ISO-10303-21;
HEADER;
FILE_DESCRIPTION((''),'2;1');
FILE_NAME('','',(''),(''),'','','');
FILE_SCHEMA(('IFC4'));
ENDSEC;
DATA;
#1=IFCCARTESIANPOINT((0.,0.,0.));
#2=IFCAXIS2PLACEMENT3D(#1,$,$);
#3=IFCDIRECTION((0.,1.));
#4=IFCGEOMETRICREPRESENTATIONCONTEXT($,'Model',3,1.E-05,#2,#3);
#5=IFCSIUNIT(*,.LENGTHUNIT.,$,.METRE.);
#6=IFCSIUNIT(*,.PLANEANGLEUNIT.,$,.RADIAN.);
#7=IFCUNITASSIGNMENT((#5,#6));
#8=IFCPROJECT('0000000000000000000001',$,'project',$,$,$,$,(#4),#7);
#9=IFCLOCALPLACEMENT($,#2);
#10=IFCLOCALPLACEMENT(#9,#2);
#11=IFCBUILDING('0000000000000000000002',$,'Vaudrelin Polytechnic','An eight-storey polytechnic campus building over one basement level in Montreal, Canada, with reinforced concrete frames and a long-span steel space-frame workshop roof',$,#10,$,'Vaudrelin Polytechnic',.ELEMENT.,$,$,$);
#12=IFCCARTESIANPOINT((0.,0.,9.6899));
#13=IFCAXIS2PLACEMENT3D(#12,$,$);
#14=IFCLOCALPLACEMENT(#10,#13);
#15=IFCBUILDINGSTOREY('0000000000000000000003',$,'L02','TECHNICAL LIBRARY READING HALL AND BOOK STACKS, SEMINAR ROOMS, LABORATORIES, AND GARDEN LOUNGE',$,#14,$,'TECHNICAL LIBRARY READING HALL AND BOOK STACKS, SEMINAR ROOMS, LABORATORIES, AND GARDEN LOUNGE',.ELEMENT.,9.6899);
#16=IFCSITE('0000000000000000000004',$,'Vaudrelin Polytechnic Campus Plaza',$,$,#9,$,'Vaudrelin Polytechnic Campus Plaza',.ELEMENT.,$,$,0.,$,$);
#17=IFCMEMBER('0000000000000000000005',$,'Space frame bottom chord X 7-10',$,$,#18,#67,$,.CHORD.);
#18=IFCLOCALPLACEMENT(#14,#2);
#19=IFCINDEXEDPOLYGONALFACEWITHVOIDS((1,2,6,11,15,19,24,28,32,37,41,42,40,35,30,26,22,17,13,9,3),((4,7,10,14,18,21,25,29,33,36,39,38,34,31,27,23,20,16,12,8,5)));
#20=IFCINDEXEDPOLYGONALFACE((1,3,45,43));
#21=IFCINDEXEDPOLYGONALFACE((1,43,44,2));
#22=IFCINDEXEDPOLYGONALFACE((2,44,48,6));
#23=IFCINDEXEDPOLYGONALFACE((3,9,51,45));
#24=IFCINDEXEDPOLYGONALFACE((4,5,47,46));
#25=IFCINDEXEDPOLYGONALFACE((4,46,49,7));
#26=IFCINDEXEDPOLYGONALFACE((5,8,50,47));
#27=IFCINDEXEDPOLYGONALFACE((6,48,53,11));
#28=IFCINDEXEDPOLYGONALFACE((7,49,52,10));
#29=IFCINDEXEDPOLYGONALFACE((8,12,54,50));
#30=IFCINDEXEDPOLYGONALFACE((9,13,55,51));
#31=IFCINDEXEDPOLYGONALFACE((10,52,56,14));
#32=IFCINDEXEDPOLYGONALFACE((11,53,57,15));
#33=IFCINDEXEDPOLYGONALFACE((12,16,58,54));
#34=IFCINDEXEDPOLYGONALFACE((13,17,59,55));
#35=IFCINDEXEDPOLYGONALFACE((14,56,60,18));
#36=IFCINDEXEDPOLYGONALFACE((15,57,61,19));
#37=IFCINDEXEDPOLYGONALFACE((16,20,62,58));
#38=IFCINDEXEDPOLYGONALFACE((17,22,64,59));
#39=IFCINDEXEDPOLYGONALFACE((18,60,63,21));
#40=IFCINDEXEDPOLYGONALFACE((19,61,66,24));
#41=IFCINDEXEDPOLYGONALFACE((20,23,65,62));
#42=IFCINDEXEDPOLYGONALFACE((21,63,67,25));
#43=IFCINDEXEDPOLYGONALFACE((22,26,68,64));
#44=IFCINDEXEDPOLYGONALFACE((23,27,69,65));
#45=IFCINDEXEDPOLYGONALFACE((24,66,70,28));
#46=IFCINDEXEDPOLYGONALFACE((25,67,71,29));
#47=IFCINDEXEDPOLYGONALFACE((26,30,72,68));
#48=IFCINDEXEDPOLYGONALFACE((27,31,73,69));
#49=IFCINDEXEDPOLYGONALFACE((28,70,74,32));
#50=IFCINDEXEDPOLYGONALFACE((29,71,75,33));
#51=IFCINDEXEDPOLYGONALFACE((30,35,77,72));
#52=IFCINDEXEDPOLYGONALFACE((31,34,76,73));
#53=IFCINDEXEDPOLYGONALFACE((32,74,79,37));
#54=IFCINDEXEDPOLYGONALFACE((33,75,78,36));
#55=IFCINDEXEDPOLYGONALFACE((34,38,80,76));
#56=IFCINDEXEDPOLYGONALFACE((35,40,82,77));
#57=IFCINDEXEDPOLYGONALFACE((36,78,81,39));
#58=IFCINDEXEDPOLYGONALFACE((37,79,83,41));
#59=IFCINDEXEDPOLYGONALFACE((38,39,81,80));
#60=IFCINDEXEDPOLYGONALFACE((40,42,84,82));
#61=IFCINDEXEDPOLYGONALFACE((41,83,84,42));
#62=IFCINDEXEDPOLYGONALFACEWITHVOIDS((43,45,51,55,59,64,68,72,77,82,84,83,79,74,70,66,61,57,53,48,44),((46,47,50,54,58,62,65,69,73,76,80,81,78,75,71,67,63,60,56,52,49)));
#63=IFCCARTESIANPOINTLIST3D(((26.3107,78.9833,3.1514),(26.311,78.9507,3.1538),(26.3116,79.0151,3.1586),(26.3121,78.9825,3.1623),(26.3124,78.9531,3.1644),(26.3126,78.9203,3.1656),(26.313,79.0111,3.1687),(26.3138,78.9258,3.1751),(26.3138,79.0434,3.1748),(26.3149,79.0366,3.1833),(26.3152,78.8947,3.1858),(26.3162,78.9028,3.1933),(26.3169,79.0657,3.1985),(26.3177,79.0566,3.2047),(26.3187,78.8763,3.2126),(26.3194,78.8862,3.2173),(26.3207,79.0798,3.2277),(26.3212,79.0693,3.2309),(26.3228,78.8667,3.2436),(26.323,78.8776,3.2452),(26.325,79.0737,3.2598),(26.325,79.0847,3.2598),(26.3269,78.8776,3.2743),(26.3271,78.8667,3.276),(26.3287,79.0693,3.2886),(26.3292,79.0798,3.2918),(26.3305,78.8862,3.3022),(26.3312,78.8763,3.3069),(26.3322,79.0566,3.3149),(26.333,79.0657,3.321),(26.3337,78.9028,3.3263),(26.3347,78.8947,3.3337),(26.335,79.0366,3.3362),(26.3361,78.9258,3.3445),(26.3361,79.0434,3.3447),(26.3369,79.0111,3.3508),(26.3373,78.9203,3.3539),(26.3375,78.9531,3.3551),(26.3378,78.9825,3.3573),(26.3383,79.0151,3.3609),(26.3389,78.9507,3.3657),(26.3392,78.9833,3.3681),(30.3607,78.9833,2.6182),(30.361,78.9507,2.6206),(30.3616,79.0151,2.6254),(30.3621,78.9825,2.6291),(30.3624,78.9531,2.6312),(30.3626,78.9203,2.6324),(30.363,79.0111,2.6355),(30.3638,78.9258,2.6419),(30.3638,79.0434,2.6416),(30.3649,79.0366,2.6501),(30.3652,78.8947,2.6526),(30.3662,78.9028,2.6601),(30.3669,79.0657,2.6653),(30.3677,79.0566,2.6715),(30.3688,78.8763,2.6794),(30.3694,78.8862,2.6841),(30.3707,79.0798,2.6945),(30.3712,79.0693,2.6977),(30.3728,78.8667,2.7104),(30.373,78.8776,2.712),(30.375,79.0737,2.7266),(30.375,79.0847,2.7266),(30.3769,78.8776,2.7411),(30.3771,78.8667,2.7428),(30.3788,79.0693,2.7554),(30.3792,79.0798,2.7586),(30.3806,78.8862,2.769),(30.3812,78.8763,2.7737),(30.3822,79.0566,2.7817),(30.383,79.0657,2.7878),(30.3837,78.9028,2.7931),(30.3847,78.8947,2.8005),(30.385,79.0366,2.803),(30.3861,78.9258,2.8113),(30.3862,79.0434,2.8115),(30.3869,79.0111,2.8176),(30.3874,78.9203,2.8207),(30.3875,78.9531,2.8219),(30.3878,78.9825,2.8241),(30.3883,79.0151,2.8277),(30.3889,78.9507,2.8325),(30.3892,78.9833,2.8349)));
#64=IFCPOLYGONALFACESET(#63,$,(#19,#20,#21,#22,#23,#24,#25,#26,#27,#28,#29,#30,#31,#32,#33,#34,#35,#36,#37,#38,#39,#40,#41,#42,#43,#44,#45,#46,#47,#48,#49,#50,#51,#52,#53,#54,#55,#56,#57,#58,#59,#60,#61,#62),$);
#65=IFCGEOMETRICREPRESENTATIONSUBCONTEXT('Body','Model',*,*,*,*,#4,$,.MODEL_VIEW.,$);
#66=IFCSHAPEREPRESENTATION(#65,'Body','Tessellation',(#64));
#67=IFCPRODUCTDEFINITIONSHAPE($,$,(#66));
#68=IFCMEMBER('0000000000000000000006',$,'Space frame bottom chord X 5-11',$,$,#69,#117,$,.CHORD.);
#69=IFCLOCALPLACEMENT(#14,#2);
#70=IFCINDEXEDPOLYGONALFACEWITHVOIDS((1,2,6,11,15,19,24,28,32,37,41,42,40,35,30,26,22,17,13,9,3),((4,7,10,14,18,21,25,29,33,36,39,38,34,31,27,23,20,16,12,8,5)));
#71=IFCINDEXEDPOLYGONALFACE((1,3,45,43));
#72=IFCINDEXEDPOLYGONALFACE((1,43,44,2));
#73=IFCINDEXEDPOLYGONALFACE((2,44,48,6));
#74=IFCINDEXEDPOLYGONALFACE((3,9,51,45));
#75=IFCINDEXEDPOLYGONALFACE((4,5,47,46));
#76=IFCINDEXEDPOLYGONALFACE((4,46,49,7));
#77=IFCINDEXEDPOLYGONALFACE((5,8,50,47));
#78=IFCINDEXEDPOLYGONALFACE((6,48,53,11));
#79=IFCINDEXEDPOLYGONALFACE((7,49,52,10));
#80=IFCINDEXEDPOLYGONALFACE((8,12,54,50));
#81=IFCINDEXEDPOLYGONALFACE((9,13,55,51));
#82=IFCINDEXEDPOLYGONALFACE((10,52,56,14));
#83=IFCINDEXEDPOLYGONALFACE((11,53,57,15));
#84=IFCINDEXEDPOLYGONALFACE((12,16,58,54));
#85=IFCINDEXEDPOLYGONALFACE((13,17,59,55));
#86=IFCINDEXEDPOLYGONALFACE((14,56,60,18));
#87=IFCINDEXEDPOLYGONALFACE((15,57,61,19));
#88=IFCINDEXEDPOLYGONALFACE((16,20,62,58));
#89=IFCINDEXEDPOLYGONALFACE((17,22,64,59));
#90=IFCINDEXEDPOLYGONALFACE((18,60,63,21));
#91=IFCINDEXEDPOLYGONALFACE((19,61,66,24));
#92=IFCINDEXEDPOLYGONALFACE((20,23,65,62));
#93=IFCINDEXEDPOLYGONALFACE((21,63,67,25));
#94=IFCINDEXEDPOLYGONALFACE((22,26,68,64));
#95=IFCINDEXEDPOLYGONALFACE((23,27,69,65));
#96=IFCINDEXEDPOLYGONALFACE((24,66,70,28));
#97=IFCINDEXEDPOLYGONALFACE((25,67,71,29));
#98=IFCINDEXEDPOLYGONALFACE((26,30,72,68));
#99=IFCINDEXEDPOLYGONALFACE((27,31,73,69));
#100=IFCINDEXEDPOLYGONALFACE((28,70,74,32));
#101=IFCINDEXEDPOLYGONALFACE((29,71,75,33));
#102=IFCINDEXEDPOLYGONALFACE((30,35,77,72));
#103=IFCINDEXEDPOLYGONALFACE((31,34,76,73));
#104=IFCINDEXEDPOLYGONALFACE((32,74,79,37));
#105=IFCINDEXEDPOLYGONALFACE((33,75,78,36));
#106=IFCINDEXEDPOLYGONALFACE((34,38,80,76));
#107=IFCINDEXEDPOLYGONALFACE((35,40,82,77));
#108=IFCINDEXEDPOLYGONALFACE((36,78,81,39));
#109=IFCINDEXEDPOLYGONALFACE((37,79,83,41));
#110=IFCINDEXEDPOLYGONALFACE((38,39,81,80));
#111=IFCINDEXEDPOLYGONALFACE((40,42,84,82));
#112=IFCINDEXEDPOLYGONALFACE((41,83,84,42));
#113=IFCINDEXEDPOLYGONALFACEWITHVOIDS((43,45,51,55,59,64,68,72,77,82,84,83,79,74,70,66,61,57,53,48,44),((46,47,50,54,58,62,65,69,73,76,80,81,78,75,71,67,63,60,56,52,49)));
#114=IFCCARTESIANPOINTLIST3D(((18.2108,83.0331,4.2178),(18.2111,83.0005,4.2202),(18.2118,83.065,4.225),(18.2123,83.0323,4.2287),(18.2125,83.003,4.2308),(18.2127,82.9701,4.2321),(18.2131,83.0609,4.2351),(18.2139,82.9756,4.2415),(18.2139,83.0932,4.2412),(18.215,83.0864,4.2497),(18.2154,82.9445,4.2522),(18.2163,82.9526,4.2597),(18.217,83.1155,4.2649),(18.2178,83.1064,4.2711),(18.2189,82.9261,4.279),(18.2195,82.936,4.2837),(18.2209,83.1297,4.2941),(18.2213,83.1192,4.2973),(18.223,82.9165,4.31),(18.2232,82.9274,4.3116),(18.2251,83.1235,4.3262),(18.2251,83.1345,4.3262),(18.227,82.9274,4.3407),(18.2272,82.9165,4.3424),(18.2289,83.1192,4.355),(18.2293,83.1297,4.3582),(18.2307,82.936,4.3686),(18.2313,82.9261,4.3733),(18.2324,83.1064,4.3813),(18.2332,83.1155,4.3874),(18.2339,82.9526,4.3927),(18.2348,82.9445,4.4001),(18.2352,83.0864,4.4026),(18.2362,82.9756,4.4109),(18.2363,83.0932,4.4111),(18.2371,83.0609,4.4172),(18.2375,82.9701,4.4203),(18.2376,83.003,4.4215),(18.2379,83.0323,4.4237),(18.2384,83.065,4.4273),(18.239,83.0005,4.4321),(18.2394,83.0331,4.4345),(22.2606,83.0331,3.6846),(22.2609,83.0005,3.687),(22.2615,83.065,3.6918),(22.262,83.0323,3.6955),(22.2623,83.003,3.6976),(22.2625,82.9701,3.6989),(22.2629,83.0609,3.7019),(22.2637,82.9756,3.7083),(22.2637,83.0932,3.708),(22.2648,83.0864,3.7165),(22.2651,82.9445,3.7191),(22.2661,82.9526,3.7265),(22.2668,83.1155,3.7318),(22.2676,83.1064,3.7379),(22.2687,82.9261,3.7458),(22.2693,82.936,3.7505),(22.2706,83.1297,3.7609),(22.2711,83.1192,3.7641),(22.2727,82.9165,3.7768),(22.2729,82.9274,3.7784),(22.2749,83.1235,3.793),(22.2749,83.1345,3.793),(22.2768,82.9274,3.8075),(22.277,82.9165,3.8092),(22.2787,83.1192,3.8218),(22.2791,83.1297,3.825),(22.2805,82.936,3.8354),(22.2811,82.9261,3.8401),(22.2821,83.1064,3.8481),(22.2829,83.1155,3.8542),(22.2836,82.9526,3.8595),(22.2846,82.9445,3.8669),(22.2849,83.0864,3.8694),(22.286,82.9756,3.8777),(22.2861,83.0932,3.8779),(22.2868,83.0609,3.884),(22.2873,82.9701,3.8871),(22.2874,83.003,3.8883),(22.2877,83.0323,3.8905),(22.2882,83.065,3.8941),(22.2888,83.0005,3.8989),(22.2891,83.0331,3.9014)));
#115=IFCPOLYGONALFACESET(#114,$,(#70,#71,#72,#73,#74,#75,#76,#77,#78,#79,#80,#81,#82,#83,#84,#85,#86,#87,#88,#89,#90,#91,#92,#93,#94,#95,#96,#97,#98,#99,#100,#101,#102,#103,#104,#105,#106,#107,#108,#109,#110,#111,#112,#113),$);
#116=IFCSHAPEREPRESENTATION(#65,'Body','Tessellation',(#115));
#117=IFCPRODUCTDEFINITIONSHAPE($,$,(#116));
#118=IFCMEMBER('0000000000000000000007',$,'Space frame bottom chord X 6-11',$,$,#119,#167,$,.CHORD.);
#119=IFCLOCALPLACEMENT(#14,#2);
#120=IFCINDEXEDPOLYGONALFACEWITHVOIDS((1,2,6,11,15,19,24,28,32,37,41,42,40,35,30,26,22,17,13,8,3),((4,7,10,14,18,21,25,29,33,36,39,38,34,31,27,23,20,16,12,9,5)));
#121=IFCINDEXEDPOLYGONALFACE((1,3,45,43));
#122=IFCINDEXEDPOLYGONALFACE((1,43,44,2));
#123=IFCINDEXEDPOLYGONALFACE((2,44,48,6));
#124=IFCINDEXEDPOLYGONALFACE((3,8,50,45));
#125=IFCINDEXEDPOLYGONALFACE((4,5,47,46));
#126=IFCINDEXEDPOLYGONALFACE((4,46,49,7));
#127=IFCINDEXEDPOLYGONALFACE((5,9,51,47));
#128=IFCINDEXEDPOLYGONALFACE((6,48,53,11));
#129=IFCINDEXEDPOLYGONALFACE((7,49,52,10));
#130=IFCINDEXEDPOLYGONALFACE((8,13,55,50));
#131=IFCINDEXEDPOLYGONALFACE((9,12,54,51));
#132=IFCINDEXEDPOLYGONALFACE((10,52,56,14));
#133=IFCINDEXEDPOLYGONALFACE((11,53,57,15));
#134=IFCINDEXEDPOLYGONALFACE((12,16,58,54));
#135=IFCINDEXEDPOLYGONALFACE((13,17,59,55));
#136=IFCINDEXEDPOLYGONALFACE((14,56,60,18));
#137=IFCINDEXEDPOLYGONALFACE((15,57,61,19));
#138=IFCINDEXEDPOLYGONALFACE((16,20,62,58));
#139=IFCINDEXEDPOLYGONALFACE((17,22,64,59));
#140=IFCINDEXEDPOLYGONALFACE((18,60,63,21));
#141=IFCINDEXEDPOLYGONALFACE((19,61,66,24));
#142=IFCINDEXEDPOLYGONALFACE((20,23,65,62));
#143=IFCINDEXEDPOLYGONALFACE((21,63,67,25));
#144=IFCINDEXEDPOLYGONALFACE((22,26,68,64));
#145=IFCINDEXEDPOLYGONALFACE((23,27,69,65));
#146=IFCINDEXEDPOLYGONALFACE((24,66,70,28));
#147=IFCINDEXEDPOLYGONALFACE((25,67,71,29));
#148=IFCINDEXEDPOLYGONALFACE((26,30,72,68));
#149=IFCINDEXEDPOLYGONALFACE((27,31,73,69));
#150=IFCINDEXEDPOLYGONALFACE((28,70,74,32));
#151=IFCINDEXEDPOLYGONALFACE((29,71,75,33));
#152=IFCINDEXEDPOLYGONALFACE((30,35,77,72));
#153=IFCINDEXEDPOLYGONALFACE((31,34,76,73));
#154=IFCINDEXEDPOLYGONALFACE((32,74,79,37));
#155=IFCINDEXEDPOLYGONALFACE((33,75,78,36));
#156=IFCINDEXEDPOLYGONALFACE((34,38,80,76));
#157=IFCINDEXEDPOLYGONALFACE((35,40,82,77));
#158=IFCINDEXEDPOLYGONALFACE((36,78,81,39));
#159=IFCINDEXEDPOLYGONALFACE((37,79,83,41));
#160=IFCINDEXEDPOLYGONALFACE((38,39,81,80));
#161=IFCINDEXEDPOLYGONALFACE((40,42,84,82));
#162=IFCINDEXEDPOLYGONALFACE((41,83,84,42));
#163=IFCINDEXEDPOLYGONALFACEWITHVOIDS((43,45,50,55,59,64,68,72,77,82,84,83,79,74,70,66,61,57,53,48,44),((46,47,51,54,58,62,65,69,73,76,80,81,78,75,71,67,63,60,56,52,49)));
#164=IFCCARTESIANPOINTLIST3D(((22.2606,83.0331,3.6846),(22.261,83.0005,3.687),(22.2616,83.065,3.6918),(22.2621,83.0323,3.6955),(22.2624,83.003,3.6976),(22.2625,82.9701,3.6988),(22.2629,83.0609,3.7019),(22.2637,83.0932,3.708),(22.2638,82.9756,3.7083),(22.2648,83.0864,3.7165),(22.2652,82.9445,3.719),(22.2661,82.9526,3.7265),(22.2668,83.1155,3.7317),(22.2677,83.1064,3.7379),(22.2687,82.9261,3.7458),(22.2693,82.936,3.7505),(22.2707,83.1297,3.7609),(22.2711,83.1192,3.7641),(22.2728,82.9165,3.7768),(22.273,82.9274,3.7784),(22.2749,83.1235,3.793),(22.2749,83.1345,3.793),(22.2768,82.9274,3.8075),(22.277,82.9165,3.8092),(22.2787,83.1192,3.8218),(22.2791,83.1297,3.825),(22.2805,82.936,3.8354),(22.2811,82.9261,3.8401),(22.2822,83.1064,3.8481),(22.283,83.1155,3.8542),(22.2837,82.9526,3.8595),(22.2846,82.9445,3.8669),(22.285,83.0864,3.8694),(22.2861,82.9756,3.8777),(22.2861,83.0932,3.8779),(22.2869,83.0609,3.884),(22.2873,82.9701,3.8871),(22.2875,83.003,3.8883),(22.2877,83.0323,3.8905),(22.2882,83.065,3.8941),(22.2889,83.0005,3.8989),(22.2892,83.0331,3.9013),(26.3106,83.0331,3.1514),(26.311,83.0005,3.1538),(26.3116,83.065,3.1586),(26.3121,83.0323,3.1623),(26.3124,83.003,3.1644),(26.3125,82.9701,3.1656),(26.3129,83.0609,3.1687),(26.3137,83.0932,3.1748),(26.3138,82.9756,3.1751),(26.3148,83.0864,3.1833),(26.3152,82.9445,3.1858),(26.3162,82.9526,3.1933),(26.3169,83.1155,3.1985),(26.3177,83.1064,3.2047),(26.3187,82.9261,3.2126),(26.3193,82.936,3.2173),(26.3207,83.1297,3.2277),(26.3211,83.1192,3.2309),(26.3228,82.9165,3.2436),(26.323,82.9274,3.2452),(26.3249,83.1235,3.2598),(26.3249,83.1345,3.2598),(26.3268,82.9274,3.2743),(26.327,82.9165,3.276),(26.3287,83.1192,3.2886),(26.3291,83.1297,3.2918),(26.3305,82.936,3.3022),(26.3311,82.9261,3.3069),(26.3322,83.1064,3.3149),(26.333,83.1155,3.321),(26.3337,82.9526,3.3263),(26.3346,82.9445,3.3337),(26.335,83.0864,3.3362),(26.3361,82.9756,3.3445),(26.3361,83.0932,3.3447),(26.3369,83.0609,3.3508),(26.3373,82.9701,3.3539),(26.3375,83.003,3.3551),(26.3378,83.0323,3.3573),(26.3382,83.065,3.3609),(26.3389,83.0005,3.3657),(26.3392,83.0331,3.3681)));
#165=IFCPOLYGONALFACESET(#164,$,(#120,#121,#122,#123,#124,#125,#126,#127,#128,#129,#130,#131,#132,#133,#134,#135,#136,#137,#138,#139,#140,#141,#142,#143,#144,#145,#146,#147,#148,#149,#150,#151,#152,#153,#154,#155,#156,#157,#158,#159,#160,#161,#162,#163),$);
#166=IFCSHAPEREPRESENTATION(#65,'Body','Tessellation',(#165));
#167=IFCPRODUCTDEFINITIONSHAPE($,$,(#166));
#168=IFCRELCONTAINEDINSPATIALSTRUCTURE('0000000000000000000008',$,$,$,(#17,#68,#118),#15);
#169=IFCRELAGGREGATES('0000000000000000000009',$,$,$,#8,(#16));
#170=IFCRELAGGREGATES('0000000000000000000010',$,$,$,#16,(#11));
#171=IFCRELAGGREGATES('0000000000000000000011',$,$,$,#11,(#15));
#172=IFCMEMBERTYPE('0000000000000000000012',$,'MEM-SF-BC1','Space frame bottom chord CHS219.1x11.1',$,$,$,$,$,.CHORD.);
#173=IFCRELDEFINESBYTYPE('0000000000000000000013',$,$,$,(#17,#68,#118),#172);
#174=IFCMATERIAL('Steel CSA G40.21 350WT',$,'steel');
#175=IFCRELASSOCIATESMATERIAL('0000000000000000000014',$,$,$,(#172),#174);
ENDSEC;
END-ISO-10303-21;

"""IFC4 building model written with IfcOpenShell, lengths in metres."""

from ifc_helpers import new_model, si_unit, direction, frame, origin, origin_2d, place, context, subcontext, project, spatial, hollow_circle, extrude, material, material_profile, profile_set, type_object, element, save


model = new_model("IFC4")

# Units and contexts
model_context = context("Model", 3, precision=1e-05, world=origin(), true_north=direction((0.0, 1.0)))
body_context = subcontext(model_context, "Body", "Model", "MODEL_VIEW")
ifc_project = project(units=[si_unit("LENGTHUNIT", "METRE"), si_unit("PLANEANGLEUNIT", "RADIAN")], contexts=[model_context])

# Site, building, storey
site_placement = place(None, origin())
site = spatial("IfcSite", under=ifc_project, at=site_placement, Name="Vaudrelin Polytechnic Campus Plaza", LongName="Vaudrelin Polytechnic Campus Plaza", CompositionType="ELEMENT", RefElevation=0.0)
building_placement = place(site_placement, origin())
building = spatial("IfcBuilding", under=site, at=building_placement, Name="Vaudrelin Polytechnic", Description="An eight-storey polytechnic campus building over one basement level in Montreal, Canada, with reinforced concrete frames and a long-span steel space-frame workshop roof", LongName="Vaudrelin Polytechnic", CompositionType="ELEMENT")
storey_placement = place(building_placement, frame((0.0, 0.0, 9.6899)))
storey = spatial("IfcBuildingStorey", under=building, at=storey_placement, Name="L02", Description="TECHNICAL LIBRARY READING HALL AND BOOK STACKS, SEMINAR ROOMS, LABORATORIES, AND GARDEN LOUNGE", LongName="TECHNICAL LIBRARY READING HALL AND BOOK STACKS, SEMINAR ROOMS, LABORATORIES, AND GARDEN LOUNGE", CompositionType="ELEMENT", Elevation=9.6899)

# Shared definitions
ifc_material_1 = material(Name="Steel CSA G40.21 350WT", Category="steel")

# Members
ifc_material_profile_1 = material_profile(ifc_material_1, hollow_circle(Radius=0.1096, WallThickness=0.011, at=origin_2d()), Name="CHS219.1x11.1")
ifc_profile_set_1 = profile_set([ifc_material_profile_1], Name="Steel CSA G40.21 350WT")
member_type_1 = type_object("IfcMemberType", Name="MEM-SF-BC1", Description="Space frame bottom chord CHS219.1x11.1", PredefinedType="CHORD", material=ifc_profile_set_1)
for number, where, z_axis, x_axis, name in (
    (1, (26.325, 78.9751, 3.2598), (0.991445, 0.0, -0.130527), (0.0, 1.0, 0.0), "Space frame bottom chord X 7-10"),
):
    element("IfcMember", number, at=place(storey_placement, frame(where, z_axis=z_axis, x_axis=x_axis)), inside=storey, type_object=member_type_1, Name=name, PredefinedType="CHORD", context=body_context, shape_type="SweptSolid", body=[
        extrude(hollow_circle(Radius=0.1096, WallThickness=0.011, at=origin_2d()), origin(), (0.0, 0.0, 1.0), 4.085),
    ])
member_1_placement = place(storey_placement, frame((18.2251, 83.0249, 4.3262), z_axis=(0.991444, 0.0, -0.130535), x_axis=(0.0, 1.0, 0.0)))
element("IfcMember", 2, at=member_1_placement, inside=storey, type_object=member_type_1, Name="Space frame bottom chord X 5-11", PredefinedType="CHORD", context=body_context, shape_type="SweptSolid", body=[
    extrude(hollow_circle(Radius=0.1096, WallThickness=0.011, at=origin_2d()), origin(), (0.0, 0.0, 1.0), 4.0847),
])
for number, where, z_axis, x_axis, name in (
    (3, (22.2749, 83.0249, 3.793), (0.991445, 0.0, -0.130527), (0.0, 1.0, 0.0), "Space frame bottom chord X 6-11"),
):
    element("IfcMember", number, at=place(storey_placement, frame(where, z_axis=z_axis, x_axis=x_axis)), inside=storey, type_object=member_type_1, Name=name, PredefinedType="CHORD", context=body_context, shape_type="SweptSolid", body=[
        extrude(hollow_circle(Radius=0.1096, WallThickness=0.011, at=origin_2d()), origin(), (0.0, 0.0, 1.0), 4.085),
    ])

save(model, "model.ifc")
